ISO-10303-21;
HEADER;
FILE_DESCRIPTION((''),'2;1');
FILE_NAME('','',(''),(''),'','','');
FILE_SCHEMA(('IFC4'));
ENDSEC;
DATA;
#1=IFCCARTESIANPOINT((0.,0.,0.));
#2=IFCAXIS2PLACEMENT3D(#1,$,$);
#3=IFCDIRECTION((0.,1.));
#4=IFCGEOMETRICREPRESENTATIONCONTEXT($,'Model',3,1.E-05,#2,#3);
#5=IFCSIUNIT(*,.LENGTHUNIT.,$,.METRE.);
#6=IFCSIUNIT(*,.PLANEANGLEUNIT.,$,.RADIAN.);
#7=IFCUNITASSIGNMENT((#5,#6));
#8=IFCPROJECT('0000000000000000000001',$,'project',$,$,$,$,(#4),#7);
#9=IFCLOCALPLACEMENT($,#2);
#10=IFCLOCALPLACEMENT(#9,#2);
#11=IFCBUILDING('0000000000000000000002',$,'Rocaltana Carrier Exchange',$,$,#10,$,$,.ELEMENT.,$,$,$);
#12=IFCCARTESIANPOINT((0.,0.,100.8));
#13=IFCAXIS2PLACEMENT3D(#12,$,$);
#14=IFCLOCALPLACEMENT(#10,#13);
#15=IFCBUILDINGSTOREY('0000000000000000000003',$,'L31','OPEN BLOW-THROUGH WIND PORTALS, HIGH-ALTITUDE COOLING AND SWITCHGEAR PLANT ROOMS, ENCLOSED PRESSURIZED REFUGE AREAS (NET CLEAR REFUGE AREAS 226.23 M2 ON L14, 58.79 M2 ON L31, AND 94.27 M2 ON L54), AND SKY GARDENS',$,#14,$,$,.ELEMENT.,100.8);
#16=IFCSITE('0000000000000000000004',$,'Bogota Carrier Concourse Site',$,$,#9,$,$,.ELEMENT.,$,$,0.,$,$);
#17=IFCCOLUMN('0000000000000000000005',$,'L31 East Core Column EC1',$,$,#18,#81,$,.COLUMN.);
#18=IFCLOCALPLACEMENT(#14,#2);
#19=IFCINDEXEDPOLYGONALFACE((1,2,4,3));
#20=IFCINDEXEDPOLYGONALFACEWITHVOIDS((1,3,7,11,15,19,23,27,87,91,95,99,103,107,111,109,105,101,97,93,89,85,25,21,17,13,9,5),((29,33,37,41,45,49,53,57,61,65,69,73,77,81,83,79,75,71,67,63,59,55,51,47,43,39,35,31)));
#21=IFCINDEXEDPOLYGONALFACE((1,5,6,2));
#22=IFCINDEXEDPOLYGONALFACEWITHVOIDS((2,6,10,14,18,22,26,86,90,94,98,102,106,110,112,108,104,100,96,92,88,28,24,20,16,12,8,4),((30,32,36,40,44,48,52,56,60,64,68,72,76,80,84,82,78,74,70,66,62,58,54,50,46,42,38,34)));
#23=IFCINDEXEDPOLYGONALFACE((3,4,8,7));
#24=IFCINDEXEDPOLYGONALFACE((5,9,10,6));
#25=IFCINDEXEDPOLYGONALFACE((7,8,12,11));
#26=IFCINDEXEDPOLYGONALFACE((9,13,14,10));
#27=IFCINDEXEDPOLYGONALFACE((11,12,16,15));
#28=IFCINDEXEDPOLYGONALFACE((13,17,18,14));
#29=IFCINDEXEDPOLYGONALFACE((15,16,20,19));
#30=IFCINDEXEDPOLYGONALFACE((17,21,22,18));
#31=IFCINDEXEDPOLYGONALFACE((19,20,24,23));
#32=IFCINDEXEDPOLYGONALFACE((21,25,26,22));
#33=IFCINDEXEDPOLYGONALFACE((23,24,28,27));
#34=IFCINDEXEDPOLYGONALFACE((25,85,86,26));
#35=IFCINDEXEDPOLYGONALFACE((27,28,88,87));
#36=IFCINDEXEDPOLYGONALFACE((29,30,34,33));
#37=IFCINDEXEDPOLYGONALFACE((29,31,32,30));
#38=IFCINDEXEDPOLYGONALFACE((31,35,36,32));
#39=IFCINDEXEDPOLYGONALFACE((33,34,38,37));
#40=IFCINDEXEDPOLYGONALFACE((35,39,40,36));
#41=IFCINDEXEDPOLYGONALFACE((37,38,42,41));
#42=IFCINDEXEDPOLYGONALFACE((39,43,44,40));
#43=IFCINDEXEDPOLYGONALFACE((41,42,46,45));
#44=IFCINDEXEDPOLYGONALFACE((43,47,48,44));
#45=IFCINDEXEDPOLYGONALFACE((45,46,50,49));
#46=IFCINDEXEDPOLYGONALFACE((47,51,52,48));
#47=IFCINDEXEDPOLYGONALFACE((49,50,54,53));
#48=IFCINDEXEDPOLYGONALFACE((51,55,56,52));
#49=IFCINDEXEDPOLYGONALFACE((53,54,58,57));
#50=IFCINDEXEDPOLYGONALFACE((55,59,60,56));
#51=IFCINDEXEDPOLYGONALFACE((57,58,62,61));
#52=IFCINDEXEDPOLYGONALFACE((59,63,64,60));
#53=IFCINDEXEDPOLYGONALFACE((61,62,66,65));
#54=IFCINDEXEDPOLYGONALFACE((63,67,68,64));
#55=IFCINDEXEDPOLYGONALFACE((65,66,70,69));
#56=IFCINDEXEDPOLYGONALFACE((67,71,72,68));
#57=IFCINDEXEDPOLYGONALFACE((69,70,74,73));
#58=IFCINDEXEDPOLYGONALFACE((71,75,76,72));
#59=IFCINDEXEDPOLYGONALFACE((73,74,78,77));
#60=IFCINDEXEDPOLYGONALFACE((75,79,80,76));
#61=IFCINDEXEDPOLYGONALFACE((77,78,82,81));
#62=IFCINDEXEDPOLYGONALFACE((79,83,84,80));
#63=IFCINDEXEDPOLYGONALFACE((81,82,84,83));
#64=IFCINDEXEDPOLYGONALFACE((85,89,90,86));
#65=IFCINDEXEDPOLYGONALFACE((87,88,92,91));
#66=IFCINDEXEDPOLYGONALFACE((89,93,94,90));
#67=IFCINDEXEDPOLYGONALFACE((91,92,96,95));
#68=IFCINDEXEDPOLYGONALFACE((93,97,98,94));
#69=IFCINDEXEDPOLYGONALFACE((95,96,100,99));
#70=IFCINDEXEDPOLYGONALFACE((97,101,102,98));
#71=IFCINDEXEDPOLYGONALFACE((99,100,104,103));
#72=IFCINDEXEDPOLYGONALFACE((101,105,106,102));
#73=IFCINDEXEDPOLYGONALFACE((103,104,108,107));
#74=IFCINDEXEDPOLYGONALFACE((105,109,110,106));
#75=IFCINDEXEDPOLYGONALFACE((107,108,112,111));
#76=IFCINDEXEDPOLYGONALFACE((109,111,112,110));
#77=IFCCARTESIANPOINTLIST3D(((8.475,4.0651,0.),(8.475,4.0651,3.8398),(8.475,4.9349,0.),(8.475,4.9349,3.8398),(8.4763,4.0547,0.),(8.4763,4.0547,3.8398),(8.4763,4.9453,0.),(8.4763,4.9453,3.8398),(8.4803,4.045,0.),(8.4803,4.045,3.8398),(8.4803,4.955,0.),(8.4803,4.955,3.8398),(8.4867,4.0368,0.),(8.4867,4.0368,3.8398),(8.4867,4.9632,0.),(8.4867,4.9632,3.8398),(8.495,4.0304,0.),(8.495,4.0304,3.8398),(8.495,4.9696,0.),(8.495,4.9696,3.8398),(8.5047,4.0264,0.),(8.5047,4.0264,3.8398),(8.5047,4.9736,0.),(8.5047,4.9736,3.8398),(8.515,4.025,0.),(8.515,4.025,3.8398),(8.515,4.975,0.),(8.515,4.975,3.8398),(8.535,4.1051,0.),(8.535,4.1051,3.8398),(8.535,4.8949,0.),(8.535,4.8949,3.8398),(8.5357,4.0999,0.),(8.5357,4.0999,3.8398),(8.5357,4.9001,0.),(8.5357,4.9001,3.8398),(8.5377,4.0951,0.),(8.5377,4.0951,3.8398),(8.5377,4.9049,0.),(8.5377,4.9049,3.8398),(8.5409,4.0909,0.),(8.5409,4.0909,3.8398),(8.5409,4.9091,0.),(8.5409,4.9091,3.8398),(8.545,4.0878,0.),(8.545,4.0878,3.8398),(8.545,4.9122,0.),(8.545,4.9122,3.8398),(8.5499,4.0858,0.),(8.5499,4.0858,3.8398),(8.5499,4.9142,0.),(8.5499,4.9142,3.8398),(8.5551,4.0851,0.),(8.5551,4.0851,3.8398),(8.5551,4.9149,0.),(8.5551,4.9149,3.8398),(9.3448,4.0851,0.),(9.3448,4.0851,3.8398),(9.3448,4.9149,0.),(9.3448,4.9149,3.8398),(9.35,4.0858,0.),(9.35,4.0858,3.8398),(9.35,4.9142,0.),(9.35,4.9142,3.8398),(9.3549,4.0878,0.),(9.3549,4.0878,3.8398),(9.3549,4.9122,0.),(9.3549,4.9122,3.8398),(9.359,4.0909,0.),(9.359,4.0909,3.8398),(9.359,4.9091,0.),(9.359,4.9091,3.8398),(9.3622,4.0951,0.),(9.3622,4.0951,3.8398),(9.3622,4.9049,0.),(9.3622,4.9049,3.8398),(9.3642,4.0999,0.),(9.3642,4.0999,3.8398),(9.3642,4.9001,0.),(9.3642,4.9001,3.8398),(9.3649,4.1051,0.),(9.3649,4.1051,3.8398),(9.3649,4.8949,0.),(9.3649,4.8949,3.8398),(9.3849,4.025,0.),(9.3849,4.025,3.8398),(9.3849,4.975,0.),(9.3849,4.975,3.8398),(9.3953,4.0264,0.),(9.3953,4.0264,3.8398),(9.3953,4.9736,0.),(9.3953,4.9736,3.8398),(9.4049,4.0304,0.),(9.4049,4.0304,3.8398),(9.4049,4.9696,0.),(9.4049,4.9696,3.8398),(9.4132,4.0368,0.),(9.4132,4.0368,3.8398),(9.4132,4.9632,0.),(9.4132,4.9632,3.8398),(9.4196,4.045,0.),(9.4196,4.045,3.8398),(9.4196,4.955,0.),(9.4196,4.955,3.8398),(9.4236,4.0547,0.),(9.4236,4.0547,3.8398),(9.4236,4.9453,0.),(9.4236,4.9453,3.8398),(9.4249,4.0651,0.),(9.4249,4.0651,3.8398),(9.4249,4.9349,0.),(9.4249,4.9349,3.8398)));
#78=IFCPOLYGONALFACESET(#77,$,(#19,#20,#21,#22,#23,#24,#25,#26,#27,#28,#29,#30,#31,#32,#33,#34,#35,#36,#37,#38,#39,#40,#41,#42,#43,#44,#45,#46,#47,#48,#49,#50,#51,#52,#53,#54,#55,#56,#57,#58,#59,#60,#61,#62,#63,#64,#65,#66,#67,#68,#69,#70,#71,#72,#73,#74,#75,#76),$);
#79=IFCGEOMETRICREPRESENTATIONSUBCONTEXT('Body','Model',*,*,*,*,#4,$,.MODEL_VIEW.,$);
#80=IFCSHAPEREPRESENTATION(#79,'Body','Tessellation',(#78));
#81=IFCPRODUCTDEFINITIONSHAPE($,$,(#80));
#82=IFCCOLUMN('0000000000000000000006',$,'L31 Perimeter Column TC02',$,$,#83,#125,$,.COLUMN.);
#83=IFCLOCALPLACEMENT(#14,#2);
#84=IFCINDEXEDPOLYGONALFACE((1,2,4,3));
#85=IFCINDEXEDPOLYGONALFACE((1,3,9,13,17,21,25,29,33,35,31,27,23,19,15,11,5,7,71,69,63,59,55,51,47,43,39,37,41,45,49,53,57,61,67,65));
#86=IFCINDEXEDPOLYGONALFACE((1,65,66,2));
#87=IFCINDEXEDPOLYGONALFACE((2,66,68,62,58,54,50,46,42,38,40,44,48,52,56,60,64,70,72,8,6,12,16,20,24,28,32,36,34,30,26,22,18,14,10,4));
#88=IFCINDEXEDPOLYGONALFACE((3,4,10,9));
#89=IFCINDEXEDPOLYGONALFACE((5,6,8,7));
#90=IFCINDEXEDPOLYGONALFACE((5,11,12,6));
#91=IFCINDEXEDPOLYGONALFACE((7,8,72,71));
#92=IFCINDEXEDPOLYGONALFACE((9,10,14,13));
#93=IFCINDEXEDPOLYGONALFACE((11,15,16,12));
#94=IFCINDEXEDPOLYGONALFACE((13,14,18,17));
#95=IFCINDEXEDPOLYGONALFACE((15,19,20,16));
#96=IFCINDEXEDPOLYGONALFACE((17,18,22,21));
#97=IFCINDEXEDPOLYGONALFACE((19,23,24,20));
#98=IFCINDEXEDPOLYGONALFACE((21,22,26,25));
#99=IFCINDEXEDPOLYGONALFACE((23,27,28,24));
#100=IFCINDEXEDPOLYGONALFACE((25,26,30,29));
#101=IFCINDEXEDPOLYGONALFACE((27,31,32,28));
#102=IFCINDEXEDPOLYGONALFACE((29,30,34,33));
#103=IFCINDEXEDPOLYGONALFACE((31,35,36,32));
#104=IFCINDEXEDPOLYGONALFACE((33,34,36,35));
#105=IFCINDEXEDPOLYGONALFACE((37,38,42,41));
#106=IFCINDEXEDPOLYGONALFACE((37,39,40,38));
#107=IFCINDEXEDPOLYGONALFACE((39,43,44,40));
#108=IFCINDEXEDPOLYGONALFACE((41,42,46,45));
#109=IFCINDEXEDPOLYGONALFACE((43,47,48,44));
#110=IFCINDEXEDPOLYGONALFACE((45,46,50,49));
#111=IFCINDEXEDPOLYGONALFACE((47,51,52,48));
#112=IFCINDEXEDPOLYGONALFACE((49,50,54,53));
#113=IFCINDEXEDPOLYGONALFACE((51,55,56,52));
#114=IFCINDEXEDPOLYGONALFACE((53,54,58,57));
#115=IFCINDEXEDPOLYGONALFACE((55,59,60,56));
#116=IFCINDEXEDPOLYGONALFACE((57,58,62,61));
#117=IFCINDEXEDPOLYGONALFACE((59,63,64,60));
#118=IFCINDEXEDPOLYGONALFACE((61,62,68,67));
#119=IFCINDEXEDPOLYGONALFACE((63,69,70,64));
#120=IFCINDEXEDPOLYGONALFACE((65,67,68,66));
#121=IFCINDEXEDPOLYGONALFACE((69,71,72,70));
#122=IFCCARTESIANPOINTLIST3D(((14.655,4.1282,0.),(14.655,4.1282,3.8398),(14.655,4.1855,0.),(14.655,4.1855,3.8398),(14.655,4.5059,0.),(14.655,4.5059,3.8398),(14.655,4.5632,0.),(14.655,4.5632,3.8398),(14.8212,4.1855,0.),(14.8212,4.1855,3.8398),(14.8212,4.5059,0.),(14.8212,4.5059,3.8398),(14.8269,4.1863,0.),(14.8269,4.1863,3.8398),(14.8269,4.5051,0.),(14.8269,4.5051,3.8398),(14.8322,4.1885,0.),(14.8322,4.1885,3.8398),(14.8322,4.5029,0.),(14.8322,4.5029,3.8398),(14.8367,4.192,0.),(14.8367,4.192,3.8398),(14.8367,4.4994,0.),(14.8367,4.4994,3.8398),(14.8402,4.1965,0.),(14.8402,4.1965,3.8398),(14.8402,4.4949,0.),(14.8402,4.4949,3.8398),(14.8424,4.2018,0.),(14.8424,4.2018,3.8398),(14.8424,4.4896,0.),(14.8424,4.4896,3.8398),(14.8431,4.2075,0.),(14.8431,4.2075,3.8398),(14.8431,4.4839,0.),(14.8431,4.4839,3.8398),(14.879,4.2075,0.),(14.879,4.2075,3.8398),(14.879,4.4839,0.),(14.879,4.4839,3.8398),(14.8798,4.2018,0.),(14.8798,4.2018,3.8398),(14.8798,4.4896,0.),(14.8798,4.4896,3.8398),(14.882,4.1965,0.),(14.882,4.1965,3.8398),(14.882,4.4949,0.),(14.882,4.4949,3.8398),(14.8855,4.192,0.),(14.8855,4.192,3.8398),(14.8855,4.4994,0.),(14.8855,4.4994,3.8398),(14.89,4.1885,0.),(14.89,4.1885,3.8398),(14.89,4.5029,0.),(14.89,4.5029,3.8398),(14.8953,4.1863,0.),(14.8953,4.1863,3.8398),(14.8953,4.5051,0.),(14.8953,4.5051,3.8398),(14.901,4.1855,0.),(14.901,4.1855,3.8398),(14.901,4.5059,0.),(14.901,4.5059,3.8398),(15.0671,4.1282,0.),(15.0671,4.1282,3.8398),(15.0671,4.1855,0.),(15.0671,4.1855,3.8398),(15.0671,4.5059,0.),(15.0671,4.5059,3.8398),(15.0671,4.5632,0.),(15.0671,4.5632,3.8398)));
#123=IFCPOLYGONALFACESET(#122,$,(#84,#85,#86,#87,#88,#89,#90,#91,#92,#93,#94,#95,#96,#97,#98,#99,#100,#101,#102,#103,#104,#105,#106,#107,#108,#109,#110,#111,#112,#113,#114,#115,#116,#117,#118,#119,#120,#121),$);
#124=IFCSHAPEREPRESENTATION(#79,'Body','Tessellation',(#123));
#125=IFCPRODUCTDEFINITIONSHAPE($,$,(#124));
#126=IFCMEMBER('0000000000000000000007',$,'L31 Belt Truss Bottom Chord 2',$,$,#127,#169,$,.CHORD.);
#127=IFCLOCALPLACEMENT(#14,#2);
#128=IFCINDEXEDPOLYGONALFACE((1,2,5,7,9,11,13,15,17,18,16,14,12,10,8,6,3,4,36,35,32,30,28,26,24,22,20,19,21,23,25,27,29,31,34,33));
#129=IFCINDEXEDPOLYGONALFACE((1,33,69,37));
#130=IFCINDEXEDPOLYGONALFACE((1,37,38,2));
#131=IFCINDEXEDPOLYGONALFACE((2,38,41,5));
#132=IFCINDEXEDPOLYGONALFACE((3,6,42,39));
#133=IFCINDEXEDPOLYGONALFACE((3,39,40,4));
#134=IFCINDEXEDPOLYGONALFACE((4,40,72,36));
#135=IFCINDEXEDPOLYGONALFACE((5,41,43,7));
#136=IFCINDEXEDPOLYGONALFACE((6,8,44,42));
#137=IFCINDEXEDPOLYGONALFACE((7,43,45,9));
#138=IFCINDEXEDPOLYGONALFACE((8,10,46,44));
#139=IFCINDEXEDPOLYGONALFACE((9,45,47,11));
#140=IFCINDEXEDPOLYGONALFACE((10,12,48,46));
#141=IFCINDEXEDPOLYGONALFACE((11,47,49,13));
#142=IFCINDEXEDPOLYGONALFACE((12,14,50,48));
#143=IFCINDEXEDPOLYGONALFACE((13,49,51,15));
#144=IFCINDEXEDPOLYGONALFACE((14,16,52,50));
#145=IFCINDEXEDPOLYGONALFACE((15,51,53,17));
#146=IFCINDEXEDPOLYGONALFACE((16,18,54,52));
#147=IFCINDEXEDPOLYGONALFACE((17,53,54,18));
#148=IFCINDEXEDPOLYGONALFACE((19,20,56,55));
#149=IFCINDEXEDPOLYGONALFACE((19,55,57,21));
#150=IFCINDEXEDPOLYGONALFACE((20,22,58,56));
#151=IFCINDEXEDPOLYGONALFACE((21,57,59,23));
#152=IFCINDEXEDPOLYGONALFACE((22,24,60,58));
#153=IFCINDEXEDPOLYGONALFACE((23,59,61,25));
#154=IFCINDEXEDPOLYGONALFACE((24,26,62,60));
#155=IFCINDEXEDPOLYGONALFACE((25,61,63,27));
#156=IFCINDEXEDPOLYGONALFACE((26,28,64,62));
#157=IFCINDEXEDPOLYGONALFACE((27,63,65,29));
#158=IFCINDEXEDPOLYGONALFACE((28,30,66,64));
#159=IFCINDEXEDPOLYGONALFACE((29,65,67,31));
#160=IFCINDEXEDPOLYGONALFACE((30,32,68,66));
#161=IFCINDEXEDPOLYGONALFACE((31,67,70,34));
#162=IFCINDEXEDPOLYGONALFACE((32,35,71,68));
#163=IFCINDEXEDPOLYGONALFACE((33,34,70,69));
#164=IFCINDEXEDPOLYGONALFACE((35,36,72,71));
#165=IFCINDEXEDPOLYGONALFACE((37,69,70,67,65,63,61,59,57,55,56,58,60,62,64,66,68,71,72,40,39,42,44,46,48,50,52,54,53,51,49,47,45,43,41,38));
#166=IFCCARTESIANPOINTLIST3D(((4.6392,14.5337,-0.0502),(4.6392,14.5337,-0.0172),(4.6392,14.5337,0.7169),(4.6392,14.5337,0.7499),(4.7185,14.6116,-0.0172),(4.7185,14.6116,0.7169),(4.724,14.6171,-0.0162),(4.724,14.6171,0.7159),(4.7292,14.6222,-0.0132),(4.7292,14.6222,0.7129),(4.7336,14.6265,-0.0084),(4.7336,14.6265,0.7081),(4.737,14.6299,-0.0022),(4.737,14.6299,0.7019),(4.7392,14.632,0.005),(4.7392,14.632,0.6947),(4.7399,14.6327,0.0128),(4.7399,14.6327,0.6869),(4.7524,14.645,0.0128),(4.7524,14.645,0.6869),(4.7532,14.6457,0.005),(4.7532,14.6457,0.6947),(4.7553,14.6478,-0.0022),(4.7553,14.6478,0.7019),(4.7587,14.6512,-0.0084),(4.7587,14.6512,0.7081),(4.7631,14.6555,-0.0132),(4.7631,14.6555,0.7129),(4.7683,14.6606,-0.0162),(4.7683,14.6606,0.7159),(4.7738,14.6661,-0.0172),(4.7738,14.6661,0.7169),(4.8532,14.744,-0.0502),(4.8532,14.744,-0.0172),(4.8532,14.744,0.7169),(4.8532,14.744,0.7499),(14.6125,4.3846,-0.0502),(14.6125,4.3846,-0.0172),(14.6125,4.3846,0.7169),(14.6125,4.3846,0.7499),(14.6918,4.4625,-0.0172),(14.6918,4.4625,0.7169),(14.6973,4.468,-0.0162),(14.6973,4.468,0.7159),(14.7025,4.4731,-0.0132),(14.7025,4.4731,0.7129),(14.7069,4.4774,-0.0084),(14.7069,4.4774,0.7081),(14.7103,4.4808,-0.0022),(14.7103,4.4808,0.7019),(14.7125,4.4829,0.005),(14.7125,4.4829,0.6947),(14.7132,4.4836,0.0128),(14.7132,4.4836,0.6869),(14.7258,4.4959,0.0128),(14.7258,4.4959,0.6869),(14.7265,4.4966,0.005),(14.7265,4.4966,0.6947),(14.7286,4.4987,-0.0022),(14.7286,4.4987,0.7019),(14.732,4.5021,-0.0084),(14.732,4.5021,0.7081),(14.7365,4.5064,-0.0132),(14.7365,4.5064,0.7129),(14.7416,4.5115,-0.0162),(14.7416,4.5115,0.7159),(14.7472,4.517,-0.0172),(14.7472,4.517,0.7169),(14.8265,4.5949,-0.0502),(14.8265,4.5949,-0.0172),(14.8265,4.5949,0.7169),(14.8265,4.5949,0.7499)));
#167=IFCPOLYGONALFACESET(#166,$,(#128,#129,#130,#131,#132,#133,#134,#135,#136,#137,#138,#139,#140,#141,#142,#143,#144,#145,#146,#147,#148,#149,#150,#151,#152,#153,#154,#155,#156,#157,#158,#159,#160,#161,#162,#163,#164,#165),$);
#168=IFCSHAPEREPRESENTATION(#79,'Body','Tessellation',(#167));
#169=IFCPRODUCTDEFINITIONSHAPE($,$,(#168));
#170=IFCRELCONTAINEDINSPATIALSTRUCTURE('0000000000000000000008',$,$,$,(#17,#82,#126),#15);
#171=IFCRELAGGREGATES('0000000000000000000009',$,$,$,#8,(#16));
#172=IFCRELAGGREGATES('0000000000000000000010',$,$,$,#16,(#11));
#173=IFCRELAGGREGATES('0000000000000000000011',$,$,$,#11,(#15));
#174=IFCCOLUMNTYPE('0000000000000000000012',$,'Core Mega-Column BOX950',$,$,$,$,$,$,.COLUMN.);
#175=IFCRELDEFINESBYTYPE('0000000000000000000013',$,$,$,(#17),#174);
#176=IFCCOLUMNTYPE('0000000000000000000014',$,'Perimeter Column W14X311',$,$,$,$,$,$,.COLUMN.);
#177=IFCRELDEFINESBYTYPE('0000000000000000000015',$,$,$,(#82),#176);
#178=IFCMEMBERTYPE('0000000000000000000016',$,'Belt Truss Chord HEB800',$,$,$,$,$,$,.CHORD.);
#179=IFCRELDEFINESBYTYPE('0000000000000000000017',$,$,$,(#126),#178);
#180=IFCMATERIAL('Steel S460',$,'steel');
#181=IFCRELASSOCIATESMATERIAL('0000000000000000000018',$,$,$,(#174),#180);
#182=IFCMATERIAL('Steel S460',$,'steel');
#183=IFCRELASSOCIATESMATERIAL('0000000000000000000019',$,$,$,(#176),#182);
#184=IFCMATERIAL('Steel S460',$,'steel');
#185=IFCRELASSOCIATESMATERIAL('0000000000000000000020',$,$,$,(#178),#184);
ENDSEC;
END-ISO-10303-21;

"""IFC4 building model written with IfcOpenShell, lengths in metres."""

from ifc_helpers import new_model, si_unit, direction, frame, origin, origin_2d, place, context, subcontext, project, spatial, hollow_rectangle, i_section, extrude, material, material_profile, profile_set, type_object, element, save


model = new_model("IFC4")

# Units and contexts
model_context = context("Model", 3, precision=1e-05, world=origin(), true_north=direction((0.0, 1.0)))
body_context = subcontext(model_context, "Body", "Model", "MODEL_VIEW")
ifc_project = project(units=[si_unit("LENGTHUNIT", "METRE"), si_unit("PLANEANGLEUNIT", "RADIAN")], contexts=[model_context])

# Site, building, storey
site_placement = place(None, origin())
site = spatial("IfcSite", under=ifc_project, at=site_placement, Name="Bogota Carrier Concourse Site", CompositionType="ELEMENT", RefElevation=0.0)
building_placement = place(site_placement, origin())
building = spatial("IfcBuilding", under=site, at=building_placement, Name="Rocaltana Carrier Exchange", CompositionType="ELEMENT")
storey_placement = place(building_placement, frame((0.0, 0.0, 100.8)))
storey = spatial("IfcBuildingStorey", under=building, at=storey_placement, Name="L31", Description="OPEN BLOW-THROUGH WIND PORTALS, HIGH-ALTITUDE COOLING AND SWITCHGEAR PLANT ROOMS, ENCLOSED PRESSURIZED REFUGE AREAS (NET CLEAR REFUGE AREAS 226.23 M2 ON L14, 58.79 M2 ON L31, AND 94.27 M2 ON L54), AND SKY GARDENS", CompositionType="ELEMENT", Elevation=100.8)

# Columns
ifc_material_1 = material(Name="Steel S460", Category="steel")
ifc_material_profile_1 = material_profile(ifc_material_1, hollow_rectangle(XDim=0.95, YDim=0.95, WallThickness=0.0601, InnerFilletRadius=0.02, OuterFilletRadius=0.04, at=origin_2d()), Name="BOX950X950X60")
ifc_profile_set_1 = profile_set([ifc_material_profile_1], Name="Steel S460")
column_type_1 = type_object("IfcColumnType", Name="Core Mega-Column BOX950", PredefinedType="COLUMN", material=ifc_profile_set_1)
column_1_placement = place(storey_placement, frame((8.95, 4.5, 0.0), z_axis=(0.0, 0.0, 1.0), x_axis=(1.0, 0.0, 0.0)))
element("IfcColumn", 1, at=column_1_placement, inside=storey, type_object=column_type_1, Name="L31 East Core Column EC1", PredefinedType="COLUMN", context=body_context, shape_type="SweptSolid", body=[
    extrude(hollow_rectangle(XDim=0.95, YDim=0.95, WallThickness=0.0601, InnerFilletRadius=0.02, OuterFilletRadius=0.04, at=origin_2d()), origin(), (0.0, 0.0, 1.0), 3.8398),
])
ifc_material_2 = material(Name="Steel S460", Category="steel")
ifc_material_profile_2 = material_profile(ifc_material_2, i_section(OverallWidth=0.4121, OverallDepth=0.4351, WebThickness=0.0359, FlangeThickness=0.0574, FilletRadius=0.022, at=origin_2d()), Name="W14X311")
ifc_profile_set_2 = profile_set([ifc_material_profile_2], Name="Steel S460")
column_type_2 = type_object("IfcColumnType", Name="Perimeter Column W14X311", PredefinedType="COLUMN", material=ifc_profile_set_2)
column_2_placement = place(storey_placement, frame((14.8611, 4.3457, 0.0), z_axis=(0.0, 0.0, 1.0), x_axis=(1.0, 0.0, 0.0)))
element("IfcColumn", 2, at=column_2_placement, inside=storey, type_object=column_type_2, Name="L31 Perimeter Column TC02", PredefinedType="COLUMN", context=body_context, shape_type="SweptSolid", body=[
    extrude(i_section(OverallWidth=0.4121, OverallDepth=0.4351, WebThickness=0.0359, FlangeThickness=0.0574, FilletRadius=0.022, at=origin_2d()), origin(), (0.0, 0.0, 1.0), 3.8398),
])

# Member
ifc_material_3 = material(Name="Steel S460", Category="steel")
ifc_material_profile_3 = material_profile(ifc_material_3, i_section(OverallWidth=0.3, OverallDepth=0.8, WebThickness=0.0176, FlangeThickness=0.033, FilletRadius=0.03, at=origin_2d()), Name="HEB800")
ifc_profile_set_3 = profile_set([ifc_material_profile_3], Name="Steel S460")
member_type_1 = type_object("IfcMemberType", Name="Belt Truss Chord HEB800", PredefinedType="CHORD", material=ifc_profile_set_3)
member_placement = place(storey_placement, frame((14.7195, 4.4897, 0.3499), z_axis=(-0.700903, 0.713257, 0.0), x_axis=(-0.713257, -0.700903, 0.0)))
element("IfcMember", 3, at=member_placement, inside=storey, type_object=member_type_1, Name="L31 Belt Truss Bottom Chord 2", PredefinedType="CHORD", context=body_context, shape_type="SweptSolid", body=[
    extrude(i_section(OverallWidth=0.3, OverallDepth=0.8, WebThickness=0.0176, FlangeThickness=0.033, FilletRadius=0.03, at=origin_2d()), origin(), (0.0, 0.0, 1.0), 14.2292),
])

save(model, "model.ifc")
